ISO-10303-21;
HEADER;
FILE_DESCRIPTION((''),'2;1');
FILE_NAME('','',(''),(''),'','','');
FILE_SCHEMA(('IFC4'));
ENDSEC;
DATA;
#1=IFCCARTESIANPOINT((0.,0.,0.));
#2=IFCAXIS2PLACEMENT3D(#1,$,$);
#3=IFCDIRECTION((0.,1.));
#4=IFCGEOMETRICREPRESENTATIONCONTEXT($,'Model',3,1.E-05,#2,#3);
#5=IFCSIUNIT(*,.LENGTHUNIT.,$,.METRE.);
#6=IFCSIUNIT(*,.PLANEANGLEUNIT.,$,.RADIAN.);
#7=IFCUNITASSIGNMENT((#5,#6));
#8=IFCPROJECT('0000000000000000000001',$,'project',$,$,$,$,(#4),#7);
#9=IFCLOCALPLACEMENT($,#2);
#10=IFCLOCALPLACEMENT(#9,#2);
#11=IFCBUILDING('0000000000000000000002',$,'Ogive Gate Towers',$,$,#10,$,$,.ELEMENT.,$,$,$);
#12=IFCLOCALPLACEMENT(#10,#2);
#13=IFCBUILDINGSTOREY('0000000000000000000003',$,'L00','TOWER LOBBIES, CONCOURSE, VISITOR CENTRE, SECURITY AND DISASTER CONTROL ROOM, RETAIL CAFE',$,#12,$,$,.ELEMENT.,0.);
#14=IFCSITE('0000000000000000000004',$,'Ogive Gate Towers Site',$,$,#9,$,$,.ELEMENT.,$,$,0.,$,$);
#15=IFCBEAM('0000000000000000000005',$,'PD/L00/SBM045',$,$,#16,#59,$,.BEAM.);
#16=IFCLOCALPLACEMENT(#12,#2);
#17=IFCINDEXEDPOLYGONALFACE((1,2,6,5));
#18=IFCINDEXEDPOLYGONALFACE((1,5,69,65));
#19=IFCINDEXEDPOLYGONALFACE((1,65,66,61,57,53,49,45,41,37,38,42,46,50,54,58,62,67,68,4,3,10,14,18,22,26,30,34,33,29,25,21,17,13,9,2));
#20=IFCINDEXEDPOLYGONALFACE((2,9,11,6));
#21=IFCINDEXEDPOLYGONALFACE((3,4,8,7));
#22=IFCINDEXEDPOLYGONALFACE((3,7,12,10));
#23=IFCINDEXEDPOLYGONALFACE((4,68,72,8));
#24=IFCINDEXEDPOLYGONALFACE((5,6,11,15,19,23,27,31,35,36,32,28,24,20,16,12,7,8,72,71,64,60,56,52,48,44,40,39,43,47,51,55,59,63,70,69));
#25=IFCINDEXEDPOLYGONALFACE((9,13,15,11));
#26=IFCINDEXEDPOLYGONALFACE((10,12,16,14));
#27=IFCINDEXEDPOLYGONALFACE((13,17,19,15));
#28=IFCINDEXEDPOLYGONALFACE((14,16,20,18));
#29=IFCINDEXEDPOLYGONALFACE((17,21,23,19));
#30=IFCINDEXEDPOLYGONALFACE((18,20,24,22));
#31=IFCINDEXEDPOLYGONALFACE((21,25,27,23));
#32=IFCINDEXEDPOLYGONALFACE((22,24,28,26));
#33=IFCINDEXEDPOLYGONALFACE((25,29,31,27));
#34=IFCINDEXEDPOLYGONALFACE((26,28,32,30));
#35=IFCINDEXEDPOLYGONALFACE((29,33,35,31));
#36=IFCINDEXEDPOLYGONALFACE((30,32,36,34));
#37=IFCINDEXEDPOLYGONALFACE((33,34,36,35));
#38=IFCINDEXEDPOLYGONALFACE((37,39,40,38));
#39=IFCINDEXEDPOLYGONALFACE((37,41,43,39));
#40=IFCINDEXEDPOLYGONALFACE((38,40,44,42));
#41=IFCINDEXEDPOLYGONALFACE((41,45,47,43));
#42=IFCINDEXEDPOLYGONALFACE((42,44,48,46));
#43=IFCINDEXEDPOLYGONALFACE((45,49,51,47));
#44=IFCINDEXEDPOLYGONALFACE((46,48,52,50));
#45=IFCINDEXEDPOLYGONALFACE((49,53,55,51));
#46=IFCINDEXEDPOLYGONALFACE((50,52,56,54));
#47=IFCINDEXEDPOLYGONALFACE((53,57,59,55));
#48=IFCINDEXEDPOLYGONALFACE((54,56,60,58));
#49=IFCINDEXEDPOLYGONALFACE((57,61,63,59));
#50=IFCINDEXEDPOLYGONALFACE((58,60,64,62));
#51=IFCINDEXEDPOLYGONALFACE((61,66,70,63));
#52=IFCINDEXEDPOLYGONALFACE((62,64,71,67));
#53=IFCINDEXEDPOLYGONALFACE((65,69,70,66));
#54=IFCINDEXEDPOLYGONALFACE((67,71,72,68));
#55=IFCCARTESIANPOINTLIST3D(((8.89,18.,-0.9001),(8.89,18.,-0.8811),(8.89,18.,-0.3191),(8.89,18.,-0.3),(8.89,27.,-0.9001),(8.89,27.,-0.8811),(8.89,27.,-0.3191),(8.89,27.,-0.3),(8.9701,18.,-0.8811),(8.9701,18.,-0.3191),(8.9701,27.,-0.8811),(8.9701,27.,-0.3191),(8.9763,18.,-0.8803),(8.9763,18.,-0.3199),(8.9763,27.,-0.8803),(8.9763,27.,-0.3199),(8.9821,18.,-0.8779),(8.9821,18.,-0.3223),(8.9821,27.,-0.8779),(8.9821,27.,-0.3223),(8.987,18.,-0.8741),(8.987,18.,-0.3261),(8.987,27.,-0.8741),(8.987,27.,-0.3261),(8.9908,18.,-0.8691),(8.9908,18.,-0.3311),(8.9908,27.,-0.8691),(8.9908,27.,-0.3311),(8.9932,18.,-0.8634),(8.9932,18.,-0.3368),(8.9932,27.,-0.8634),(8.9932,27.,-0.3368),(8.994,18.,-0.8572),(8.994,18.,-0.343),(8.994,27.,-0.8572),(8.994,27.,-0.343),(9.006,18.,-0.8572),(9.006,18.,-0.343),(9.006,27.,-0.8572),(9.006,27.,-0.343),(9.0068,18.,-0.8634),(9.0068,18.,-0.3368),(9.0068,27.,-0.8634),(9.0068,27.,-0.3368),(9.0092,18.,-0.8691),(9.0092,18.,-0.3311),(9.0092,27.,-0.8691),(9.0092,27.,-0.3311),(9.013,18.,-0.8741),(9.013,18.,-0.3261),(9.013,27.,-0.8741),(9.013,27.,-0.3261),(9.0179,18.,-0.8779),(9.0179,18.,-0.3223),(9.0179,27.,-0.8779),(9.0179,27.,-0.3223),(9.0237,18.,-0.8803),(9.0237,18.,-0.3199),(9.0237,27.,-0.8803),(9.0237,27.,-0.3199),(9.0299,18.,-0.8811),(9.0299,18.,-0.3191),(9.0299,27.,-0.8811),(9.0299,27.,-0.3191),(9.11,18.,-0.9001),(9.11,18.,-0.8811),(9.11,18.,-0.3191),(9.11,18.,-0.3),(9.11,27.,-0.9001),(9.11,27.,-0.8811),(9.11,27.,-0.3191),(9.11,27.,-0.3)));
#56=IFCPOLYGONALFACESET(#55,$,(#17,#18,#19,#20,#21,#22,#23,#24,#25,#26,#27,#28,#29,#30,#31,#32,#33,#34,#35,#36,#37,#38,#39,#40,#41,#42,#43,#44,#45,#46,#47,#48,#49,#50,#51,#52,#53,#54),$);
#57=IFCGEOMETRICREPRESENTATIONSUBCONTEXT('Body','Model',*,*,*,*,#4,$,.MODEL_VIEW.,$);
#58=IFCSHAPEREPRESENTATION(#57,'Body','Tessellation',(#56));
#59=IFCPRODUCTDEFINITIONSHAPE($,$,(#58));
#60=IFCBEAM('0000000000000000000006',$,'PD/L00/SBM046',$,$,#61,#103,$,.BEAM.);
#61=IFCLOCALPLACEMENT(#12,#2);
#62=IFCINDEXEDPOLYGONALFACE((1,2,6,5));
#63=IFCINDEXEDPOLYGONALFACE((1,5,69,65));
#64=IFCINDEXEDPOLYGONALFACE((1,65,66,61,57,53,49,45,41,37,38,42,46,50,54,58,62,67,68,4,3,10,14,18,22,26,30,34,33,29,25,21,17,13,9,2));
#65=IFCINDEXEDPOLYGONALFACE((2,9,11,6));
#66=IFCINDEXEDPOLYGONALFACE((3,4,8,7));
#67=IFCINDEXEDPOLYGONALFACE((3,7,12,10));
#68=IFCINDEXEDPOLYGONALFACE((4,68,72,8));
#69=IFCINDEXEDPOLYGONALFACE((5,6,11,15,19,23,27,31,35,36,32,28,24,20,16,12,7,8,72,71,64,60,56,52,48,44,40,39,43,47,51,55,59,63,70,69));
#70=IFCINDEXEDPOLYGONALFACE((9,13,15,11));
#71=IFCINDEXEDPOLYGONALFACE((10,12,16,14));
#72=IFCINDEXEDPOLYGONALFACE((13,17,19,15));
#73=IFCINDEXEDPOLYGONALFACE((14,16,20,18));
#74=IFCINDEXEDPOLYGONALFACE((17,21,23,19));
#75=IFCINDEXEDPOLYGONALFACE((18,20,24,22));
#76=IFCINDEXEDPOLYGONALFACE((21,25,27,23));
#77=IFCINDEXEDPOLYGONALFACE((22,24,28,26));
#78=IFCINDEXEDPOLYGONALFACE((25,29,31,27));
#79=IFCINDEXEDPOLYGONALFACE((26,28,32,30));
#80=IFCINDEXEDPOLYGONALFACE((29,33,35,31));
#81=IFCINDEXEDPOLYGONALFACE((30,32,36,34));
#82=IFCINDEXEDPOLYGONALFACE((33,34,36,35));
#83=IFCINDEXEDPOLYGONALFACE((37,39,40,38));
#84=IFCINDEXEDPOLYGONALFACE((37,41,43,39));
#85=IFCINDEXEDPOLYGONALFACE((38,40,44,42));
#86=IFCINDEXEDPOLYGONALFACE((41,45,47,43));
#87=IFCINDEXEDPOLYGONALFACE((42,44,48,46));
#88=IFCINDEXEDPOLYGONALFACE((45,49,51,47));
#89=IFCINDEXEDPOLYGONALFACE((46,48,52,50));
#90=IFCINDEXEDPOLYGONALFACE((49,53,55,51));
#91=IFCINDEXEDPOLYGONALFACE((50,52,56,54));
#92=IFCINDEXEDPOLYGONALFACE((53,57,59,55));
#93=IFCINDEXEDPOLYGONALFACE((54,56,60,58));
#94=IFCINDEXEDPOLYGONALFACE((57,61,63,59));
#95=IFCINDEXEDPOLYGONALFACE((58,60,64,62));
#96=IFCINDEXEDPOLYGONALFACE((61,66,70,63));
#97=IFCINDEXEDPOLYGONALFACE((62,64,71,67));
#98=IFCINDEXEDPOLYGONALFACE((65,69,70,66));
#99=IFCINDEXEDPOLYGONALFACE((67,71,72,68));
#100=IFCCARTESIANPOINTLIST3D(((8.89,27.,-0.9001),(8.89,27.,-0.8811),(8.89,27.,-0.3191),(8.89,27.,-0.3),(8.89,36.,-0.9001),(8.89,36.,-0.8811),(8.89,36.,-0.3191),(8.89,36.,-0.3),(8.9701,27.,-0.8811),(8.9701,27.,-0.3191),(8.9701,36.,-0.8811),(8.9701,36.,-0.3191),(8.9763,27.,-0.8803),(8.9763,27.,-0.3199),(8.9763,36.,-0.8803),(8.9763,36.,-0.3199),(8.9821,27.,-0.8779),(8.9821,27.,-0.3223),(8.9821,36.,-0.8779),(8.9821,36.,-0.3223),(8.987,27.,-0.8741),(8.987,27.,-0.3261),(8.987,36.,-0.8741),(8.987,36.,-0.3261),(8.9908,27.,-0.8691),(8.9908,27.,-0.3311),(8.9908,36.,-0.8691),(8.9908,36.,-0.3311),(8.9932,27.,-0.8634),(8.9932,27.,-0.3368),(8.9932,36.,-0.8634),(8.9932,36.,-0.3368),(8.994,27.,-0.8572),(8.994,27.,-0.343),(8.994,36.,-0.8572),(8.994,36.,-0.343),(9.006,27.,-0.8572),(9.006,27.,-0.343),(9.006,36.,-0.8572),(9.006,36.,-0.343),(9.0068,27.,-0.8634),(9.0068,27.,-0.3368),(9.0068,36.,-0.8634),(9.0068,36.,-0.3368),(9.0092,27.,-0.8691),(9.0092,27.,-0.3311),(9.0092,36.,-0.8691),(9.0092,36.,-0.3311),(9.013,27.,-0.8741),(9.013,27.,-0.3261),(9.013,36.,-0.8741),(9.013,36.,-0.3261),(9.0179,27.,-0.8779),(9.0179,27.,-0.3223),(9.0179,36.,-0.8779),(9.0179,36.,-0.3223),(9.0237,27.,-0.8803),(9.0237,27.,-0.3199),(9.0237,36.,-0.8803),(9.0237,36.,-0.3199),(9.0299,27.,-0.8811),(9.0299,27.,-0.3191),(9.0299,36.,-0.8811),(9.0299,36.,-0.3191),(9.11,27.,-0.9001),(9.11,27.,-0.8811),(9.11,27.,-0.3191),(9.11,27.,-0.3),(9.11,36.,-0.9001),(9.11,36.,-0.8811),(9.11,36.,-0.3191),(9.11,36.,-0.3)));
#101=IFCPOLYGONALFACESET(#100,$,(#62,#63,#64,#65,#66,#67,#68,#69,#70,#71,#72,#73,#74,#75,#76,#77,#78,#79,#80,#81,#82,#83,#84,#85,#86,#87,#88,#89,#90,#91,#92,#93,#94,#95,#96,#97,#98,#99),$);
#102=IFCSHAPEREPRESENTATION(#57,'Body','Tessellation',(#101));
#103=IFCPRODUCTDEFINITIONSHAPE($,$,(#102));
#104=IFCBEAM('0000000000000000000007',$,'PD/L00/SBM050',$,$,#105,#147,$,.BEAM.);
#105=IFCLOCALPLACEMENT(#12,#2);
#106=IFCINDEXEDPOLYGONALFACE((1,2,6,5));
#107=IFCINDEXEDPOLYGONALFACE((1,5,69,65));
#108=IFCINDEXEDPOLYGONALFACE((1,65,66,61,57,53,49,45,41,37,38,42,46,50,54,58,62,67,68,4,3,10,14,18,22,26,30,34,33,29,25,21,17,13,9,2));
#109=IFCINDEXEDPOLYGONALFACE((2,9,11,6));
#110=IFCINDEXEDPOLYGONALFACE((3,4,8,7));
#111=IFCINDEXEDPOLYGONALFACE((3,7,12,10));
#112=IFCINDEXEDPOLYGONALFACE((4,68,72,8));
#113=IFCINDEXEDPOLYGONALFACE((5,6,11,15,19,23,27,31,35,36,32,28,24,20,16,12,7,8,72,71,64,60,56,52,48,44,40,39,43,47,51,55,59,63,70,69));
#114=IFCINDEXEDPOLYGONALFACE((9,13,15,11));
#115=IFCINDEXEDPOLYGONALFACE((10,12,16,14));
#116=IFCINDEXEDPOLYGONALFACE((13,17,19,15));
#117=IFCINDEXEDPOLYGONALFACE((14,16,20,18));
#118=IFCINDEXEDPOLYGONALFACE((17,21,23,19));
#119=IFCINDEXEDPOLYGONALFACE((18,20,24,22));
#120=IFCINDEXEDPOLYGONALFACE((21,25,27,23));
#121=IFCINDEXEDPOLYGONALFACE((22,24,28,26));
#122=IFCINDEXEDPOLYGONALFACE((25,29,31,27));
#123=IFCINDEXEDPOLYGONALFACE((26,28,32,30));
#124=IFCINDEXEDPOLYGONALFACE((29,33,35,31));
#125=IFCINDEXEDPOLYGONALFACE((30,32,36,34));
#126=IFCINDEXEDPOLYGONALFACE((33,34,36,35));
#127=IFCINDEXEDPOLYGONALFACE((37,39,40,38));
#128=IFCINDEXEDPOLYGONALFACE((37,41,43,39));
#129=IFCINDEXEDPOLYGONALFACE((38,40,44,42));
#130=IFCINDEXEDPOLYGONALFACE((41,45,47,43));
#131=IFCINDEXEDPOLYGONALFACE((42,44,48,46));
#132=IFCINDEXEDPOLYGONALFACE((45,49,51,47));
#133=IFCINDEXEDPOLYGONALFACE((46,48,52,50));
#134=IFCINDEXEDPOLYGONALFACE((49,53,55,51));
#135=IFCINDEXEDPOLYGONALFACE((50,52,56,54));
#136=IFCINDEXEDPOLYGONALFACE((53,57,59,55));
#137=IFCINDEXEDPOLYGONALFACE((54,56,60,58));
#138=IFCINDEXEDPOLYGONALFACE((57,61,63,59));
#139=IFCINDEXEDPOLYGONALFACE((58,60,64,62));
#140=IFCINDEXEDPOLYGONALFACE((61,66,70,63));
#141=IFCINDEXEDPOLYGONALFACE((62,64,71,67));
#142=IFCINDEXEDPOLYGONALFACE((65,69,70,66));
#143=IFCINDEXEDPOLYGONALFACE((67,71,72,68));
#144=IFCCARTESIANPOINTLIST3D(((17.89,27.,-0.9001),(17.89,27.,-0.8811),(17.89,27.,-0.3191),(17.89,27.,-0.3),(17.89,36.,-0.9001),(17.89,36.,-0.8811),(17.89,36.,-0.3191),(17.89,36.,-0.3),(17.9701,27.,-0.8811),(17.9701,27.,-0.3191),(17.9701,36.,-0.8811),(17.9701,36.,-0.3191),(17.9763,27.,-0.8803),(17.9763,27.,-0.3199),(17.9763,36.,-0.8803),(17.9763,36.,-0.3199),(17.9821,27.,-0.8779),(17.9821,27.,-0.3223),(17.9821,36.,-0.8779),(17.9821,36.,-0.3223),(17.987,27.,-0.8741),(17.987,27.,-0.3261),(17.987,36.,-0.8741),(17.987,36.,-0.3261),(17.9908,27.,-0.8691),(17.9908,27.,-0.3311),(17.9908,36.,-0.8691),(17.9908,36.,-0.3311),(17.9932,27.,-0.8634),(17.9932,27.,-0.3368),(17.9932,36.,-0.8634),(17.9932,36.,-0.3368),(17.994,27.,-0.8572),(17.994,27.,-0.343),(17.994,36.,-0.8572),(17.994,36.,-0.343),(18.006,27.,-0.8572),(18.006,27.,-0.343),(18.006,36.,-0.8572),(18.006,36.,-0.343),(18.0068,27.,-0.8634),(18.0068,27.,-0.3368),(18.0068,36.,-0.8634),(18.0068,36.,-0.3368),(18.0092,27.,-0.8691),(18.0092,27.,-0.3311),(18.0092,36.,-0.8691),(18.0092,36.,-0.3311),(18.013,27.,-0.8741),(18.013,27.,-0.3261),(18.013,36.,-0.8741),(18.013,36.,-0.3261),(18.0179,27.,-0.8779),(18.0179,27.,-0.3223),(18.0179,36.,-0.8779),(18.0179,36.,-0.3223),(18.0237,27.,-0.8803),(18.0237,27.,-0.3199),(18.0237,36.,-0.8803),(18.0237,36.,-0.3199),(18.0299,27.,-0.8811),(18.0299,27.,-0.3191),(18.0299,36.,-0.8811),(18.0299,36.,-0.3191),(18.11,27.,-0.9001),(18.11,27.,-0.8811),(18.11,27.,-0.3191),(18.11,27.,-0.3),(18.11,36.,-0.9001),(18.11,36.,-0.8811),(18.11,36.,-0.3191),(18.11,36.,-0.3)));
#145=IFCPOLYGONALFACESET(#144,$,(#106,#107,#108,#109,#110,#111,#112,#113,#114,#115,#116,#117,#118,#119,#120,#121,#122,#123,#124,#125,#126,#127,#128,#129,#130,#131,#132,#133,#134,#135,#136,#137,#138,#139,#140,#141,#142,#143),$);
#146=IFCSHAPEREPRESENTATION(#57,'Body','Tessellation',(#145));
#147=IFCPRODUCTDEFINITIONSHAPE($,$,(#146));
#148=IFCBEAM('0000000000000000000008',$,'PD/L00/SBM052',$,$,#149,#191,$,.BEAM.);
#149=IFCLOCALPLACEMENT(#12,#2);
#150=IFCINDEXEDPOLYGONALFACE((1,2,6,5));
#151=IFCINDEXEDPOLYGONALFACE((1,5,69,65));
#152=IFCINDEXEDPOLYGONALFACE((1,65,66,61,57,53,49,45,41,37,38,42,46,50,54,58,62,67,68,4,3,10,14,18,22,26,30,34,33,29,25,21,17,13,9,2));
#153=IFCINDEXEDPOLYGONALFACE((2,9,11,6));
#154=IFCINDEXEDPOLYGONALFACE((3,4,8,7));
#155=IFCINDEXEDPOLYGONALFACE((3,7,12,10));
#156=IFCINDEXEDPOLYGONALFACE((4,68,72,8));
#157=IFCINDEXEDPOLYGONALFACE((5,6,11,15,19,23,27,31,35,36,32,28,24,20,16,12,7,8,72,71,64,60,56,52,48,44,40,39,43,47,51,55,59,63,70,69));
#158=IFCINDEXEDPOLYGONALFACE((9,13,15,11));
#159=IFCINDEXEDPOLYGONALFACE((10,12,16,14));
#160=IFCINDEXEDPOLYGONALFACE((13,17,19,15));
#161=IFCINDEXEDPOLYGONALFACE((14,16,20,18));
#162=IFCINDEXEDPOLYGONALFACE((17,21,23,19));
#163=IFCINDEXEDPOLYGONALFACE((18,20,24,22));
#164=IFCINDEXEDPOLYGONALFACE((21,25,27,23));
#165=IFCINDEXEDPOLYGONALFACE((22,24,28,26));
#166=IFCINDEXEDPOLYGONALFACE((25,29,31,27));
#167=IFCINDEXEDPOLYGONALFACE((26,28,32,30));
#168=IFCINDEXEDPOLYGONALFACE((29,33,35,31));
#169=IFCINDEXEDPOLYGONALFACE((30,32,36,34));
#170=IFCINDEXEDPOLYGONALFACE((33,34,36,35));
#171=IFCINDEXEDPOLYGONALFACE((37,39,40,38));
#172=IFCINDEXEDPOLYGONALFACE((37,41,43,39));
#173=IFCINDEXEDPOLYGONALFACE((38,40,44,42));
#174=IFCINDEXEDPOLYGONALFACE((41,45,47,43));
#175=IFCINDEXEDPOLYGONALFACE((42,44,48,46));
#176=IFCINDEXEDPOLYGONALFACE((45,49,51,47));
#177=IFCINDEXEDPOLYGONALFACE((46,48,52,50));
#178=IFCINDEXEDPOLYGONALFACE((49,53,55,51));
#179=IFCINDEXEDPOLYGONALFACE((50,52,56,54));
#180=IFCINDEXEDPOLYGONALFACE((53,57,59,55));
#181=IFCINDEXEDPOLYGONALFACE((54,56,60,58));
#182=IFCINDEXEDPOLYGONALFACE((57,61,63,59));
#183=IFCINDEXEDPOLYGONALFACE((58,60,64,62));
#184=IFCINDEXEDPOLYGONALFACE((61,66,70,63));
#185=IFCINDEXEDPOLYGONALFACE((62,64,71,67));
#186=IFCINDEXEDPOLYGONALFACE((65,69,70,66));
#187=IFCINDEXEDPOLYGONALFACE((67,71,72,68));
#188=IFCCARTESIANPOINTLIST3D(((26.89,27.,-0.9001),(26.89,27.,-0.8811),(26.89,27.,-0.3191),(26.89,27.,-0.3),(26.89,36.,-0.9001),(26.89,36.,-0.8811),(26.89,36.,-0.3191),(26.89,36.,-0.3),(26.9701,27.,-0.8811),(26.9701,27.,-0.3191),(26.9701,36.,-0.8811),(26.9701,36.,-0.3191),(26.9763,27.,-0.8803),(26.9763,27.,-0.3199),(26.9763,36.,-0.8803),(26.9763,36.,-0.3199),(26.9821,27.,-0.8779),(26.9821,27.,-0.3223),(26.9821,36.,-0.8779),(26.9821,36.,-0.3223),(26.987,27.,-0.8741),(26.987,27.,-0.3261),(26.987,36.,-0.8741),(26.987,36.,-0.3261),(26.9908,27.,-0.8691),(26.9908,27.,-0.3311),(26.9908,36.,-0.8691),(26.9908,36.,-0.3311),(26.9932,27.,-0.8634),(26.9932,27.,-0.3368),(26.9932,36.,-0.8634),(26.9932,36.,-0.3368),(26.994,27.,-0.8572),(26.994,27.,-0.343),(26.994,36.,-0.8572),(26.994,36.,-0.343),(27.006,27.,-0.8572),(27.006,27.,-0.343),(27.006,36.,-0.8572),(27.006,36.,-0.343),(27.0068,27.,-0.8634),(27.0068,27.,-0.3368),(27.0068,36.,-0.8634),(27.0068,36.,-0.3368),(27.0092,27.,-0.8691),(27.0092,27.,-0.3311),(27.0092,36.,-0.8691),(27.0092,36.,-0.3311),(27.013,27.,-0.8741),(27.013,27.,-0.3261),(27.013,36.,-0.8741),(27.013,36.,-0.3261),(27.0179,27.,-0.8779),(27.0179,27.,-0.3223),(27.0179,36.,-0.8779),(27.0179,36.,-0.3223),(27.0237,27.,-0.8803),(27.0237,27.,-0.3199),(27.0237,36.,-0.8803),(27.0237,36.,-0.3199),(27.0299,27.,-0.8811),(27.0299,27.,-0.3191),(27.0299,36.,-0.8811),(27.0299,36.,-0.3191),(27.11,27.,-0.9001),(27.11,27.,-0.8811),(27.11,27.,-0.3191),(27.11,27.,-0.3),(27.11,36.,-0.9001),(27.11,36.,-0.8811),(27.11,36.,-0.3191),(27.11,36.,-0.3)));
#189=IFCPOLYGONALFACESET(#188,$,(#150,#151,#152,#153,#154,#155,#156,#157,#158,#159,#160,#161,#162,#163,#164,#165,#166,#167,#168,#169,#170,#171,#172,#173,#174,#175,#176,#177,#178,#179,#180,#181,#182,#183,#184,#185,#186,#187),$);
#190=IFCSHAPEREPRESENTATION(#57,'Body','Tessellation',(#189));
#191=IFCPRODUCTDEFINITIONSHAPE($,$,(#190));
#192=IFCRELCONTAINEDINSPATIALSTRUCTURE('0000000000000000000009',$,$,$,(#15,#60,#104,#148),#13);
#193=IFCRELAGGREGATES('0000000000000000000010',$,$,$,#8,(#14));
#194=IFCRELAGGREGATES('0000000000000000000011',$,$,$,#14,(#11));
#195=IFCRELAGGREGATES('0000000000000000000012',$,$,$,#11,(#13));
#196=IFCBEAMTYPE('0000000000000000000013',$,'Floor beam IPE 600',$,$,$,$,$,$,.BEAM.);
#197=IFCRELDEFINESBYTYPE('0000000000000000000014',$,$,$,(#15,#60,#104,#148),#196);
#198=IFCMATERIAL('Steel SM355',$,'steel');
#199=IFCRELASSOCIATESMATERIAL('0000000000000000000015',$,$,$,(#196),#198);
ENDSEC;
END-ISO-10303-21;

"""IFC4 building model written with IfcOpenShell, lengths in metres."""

from ifc_helpers import new_model, si_unit, direction, frame, origin, origin_2d, place, context, subcontext, project, spatial, i_section, extrude, material, material_profile, profile_set, type_object, element, save


model = new_model("IFC4")

# Units and contexts
model_context = context("Model", 3, precision=1e-05, world=origin(), true_north=direction((0.0, 1.0)))
body_context = subcontext(model_context, "Body", "Model", "MODEL_VIEW")
ifc_project = project(units=[si_unit("LENGTHUNIT", "METRE"), si_unit("PLANEANGLEUNIT", "RADIAN")], contexts=[model_context])

# Site, building, storey
site_placement = place(None, origin())
site = spatial("IfcSite", under=ifc_project, at=site_placement, Name="Ogive Gate Towers Site", CompositionType="ELEMENT", RefElevation=0.0)
building_placement = place(site_placement, origin())
building = spatial("IfcBuilding", under=site, at=building_placement, Name="Ogive Gate Towers", CompositionType="ELEMENT")
storey_placement = place(building_placement, origin())
storey = spatial("IfcBuildingStorey", under=building, at=storey_placement, Name="L00", Description="TOWER LOBBIES, CONCOURSE, VISITOR CENTRE, SECURITY AND DISASTER CONTROL ROOM, RETAIL CAFE", CompositionType="ELEMENT", Elevation=0.0)

# Beams
ifc_material_1 = material(Name="Steel SM355", Category="steel")
ifc_material_profile_1 = material_profile(ifc_material_1, i_section(OverallWidth=0.22, OverallDepth=0.6001, WebThickness=0.012, FlangeThickness=0.019, FilletRadius=0.0239, at=origin_2d()), Name="IPE 600")
ifc_profile_set_1 = profile_set([ifc_material_profile_1], Name="Steel SM355")
beam_type_1 = type_object("IfcBeamType", Name="Floor beam IPE 600", PredefinedType="BEAM", material=ifc_profile_set_1)
for number, where, z_axis, x_axis, name in (
    (1, (9.0, 18.0, -0.6001), (0.0, 1.0, 0.0), (-1.0, 0.0, 0.0), "PD/L00/SBM045"),
    (2, (9.0, 27.0, -0.6001), (0.0, 1.0, 0.0), (-1.0, 0.0, 0.0), "PD/L00/SBM046"),
    (3, (18.0, 27.0, -0.6001), (0.0, 1.0, 0.0), (-1.0, 0.0, 0.0), "PD/L00/SBM050"),
    (4, (27.0, 27.0, -0.6001), (0.0, 1.0, 0.0), (-1.0, 0.0, 0.0), "PD/L00/SBM052"),
):
    element("IfcBeam", number, at=place(storey_placement, frame(where, z_axis=z_axis, x_axis=x_axis)), inside=storey, type_object=beam_type_1, Name=name, PredefinedType="BEAM", context=body_context, shape_type="SweptSolid", body=[
        extrude(i_section(OverallWidth=0.22, OverallDepth=0.6001, WebThickness=0.012, FlangeThickness=0.019, FilletRadius=0.0239, at=origin_2d()), origin(), (0.0, 0.0, 1.0), 9.0),
    ])

save(model, "model.ifc")
